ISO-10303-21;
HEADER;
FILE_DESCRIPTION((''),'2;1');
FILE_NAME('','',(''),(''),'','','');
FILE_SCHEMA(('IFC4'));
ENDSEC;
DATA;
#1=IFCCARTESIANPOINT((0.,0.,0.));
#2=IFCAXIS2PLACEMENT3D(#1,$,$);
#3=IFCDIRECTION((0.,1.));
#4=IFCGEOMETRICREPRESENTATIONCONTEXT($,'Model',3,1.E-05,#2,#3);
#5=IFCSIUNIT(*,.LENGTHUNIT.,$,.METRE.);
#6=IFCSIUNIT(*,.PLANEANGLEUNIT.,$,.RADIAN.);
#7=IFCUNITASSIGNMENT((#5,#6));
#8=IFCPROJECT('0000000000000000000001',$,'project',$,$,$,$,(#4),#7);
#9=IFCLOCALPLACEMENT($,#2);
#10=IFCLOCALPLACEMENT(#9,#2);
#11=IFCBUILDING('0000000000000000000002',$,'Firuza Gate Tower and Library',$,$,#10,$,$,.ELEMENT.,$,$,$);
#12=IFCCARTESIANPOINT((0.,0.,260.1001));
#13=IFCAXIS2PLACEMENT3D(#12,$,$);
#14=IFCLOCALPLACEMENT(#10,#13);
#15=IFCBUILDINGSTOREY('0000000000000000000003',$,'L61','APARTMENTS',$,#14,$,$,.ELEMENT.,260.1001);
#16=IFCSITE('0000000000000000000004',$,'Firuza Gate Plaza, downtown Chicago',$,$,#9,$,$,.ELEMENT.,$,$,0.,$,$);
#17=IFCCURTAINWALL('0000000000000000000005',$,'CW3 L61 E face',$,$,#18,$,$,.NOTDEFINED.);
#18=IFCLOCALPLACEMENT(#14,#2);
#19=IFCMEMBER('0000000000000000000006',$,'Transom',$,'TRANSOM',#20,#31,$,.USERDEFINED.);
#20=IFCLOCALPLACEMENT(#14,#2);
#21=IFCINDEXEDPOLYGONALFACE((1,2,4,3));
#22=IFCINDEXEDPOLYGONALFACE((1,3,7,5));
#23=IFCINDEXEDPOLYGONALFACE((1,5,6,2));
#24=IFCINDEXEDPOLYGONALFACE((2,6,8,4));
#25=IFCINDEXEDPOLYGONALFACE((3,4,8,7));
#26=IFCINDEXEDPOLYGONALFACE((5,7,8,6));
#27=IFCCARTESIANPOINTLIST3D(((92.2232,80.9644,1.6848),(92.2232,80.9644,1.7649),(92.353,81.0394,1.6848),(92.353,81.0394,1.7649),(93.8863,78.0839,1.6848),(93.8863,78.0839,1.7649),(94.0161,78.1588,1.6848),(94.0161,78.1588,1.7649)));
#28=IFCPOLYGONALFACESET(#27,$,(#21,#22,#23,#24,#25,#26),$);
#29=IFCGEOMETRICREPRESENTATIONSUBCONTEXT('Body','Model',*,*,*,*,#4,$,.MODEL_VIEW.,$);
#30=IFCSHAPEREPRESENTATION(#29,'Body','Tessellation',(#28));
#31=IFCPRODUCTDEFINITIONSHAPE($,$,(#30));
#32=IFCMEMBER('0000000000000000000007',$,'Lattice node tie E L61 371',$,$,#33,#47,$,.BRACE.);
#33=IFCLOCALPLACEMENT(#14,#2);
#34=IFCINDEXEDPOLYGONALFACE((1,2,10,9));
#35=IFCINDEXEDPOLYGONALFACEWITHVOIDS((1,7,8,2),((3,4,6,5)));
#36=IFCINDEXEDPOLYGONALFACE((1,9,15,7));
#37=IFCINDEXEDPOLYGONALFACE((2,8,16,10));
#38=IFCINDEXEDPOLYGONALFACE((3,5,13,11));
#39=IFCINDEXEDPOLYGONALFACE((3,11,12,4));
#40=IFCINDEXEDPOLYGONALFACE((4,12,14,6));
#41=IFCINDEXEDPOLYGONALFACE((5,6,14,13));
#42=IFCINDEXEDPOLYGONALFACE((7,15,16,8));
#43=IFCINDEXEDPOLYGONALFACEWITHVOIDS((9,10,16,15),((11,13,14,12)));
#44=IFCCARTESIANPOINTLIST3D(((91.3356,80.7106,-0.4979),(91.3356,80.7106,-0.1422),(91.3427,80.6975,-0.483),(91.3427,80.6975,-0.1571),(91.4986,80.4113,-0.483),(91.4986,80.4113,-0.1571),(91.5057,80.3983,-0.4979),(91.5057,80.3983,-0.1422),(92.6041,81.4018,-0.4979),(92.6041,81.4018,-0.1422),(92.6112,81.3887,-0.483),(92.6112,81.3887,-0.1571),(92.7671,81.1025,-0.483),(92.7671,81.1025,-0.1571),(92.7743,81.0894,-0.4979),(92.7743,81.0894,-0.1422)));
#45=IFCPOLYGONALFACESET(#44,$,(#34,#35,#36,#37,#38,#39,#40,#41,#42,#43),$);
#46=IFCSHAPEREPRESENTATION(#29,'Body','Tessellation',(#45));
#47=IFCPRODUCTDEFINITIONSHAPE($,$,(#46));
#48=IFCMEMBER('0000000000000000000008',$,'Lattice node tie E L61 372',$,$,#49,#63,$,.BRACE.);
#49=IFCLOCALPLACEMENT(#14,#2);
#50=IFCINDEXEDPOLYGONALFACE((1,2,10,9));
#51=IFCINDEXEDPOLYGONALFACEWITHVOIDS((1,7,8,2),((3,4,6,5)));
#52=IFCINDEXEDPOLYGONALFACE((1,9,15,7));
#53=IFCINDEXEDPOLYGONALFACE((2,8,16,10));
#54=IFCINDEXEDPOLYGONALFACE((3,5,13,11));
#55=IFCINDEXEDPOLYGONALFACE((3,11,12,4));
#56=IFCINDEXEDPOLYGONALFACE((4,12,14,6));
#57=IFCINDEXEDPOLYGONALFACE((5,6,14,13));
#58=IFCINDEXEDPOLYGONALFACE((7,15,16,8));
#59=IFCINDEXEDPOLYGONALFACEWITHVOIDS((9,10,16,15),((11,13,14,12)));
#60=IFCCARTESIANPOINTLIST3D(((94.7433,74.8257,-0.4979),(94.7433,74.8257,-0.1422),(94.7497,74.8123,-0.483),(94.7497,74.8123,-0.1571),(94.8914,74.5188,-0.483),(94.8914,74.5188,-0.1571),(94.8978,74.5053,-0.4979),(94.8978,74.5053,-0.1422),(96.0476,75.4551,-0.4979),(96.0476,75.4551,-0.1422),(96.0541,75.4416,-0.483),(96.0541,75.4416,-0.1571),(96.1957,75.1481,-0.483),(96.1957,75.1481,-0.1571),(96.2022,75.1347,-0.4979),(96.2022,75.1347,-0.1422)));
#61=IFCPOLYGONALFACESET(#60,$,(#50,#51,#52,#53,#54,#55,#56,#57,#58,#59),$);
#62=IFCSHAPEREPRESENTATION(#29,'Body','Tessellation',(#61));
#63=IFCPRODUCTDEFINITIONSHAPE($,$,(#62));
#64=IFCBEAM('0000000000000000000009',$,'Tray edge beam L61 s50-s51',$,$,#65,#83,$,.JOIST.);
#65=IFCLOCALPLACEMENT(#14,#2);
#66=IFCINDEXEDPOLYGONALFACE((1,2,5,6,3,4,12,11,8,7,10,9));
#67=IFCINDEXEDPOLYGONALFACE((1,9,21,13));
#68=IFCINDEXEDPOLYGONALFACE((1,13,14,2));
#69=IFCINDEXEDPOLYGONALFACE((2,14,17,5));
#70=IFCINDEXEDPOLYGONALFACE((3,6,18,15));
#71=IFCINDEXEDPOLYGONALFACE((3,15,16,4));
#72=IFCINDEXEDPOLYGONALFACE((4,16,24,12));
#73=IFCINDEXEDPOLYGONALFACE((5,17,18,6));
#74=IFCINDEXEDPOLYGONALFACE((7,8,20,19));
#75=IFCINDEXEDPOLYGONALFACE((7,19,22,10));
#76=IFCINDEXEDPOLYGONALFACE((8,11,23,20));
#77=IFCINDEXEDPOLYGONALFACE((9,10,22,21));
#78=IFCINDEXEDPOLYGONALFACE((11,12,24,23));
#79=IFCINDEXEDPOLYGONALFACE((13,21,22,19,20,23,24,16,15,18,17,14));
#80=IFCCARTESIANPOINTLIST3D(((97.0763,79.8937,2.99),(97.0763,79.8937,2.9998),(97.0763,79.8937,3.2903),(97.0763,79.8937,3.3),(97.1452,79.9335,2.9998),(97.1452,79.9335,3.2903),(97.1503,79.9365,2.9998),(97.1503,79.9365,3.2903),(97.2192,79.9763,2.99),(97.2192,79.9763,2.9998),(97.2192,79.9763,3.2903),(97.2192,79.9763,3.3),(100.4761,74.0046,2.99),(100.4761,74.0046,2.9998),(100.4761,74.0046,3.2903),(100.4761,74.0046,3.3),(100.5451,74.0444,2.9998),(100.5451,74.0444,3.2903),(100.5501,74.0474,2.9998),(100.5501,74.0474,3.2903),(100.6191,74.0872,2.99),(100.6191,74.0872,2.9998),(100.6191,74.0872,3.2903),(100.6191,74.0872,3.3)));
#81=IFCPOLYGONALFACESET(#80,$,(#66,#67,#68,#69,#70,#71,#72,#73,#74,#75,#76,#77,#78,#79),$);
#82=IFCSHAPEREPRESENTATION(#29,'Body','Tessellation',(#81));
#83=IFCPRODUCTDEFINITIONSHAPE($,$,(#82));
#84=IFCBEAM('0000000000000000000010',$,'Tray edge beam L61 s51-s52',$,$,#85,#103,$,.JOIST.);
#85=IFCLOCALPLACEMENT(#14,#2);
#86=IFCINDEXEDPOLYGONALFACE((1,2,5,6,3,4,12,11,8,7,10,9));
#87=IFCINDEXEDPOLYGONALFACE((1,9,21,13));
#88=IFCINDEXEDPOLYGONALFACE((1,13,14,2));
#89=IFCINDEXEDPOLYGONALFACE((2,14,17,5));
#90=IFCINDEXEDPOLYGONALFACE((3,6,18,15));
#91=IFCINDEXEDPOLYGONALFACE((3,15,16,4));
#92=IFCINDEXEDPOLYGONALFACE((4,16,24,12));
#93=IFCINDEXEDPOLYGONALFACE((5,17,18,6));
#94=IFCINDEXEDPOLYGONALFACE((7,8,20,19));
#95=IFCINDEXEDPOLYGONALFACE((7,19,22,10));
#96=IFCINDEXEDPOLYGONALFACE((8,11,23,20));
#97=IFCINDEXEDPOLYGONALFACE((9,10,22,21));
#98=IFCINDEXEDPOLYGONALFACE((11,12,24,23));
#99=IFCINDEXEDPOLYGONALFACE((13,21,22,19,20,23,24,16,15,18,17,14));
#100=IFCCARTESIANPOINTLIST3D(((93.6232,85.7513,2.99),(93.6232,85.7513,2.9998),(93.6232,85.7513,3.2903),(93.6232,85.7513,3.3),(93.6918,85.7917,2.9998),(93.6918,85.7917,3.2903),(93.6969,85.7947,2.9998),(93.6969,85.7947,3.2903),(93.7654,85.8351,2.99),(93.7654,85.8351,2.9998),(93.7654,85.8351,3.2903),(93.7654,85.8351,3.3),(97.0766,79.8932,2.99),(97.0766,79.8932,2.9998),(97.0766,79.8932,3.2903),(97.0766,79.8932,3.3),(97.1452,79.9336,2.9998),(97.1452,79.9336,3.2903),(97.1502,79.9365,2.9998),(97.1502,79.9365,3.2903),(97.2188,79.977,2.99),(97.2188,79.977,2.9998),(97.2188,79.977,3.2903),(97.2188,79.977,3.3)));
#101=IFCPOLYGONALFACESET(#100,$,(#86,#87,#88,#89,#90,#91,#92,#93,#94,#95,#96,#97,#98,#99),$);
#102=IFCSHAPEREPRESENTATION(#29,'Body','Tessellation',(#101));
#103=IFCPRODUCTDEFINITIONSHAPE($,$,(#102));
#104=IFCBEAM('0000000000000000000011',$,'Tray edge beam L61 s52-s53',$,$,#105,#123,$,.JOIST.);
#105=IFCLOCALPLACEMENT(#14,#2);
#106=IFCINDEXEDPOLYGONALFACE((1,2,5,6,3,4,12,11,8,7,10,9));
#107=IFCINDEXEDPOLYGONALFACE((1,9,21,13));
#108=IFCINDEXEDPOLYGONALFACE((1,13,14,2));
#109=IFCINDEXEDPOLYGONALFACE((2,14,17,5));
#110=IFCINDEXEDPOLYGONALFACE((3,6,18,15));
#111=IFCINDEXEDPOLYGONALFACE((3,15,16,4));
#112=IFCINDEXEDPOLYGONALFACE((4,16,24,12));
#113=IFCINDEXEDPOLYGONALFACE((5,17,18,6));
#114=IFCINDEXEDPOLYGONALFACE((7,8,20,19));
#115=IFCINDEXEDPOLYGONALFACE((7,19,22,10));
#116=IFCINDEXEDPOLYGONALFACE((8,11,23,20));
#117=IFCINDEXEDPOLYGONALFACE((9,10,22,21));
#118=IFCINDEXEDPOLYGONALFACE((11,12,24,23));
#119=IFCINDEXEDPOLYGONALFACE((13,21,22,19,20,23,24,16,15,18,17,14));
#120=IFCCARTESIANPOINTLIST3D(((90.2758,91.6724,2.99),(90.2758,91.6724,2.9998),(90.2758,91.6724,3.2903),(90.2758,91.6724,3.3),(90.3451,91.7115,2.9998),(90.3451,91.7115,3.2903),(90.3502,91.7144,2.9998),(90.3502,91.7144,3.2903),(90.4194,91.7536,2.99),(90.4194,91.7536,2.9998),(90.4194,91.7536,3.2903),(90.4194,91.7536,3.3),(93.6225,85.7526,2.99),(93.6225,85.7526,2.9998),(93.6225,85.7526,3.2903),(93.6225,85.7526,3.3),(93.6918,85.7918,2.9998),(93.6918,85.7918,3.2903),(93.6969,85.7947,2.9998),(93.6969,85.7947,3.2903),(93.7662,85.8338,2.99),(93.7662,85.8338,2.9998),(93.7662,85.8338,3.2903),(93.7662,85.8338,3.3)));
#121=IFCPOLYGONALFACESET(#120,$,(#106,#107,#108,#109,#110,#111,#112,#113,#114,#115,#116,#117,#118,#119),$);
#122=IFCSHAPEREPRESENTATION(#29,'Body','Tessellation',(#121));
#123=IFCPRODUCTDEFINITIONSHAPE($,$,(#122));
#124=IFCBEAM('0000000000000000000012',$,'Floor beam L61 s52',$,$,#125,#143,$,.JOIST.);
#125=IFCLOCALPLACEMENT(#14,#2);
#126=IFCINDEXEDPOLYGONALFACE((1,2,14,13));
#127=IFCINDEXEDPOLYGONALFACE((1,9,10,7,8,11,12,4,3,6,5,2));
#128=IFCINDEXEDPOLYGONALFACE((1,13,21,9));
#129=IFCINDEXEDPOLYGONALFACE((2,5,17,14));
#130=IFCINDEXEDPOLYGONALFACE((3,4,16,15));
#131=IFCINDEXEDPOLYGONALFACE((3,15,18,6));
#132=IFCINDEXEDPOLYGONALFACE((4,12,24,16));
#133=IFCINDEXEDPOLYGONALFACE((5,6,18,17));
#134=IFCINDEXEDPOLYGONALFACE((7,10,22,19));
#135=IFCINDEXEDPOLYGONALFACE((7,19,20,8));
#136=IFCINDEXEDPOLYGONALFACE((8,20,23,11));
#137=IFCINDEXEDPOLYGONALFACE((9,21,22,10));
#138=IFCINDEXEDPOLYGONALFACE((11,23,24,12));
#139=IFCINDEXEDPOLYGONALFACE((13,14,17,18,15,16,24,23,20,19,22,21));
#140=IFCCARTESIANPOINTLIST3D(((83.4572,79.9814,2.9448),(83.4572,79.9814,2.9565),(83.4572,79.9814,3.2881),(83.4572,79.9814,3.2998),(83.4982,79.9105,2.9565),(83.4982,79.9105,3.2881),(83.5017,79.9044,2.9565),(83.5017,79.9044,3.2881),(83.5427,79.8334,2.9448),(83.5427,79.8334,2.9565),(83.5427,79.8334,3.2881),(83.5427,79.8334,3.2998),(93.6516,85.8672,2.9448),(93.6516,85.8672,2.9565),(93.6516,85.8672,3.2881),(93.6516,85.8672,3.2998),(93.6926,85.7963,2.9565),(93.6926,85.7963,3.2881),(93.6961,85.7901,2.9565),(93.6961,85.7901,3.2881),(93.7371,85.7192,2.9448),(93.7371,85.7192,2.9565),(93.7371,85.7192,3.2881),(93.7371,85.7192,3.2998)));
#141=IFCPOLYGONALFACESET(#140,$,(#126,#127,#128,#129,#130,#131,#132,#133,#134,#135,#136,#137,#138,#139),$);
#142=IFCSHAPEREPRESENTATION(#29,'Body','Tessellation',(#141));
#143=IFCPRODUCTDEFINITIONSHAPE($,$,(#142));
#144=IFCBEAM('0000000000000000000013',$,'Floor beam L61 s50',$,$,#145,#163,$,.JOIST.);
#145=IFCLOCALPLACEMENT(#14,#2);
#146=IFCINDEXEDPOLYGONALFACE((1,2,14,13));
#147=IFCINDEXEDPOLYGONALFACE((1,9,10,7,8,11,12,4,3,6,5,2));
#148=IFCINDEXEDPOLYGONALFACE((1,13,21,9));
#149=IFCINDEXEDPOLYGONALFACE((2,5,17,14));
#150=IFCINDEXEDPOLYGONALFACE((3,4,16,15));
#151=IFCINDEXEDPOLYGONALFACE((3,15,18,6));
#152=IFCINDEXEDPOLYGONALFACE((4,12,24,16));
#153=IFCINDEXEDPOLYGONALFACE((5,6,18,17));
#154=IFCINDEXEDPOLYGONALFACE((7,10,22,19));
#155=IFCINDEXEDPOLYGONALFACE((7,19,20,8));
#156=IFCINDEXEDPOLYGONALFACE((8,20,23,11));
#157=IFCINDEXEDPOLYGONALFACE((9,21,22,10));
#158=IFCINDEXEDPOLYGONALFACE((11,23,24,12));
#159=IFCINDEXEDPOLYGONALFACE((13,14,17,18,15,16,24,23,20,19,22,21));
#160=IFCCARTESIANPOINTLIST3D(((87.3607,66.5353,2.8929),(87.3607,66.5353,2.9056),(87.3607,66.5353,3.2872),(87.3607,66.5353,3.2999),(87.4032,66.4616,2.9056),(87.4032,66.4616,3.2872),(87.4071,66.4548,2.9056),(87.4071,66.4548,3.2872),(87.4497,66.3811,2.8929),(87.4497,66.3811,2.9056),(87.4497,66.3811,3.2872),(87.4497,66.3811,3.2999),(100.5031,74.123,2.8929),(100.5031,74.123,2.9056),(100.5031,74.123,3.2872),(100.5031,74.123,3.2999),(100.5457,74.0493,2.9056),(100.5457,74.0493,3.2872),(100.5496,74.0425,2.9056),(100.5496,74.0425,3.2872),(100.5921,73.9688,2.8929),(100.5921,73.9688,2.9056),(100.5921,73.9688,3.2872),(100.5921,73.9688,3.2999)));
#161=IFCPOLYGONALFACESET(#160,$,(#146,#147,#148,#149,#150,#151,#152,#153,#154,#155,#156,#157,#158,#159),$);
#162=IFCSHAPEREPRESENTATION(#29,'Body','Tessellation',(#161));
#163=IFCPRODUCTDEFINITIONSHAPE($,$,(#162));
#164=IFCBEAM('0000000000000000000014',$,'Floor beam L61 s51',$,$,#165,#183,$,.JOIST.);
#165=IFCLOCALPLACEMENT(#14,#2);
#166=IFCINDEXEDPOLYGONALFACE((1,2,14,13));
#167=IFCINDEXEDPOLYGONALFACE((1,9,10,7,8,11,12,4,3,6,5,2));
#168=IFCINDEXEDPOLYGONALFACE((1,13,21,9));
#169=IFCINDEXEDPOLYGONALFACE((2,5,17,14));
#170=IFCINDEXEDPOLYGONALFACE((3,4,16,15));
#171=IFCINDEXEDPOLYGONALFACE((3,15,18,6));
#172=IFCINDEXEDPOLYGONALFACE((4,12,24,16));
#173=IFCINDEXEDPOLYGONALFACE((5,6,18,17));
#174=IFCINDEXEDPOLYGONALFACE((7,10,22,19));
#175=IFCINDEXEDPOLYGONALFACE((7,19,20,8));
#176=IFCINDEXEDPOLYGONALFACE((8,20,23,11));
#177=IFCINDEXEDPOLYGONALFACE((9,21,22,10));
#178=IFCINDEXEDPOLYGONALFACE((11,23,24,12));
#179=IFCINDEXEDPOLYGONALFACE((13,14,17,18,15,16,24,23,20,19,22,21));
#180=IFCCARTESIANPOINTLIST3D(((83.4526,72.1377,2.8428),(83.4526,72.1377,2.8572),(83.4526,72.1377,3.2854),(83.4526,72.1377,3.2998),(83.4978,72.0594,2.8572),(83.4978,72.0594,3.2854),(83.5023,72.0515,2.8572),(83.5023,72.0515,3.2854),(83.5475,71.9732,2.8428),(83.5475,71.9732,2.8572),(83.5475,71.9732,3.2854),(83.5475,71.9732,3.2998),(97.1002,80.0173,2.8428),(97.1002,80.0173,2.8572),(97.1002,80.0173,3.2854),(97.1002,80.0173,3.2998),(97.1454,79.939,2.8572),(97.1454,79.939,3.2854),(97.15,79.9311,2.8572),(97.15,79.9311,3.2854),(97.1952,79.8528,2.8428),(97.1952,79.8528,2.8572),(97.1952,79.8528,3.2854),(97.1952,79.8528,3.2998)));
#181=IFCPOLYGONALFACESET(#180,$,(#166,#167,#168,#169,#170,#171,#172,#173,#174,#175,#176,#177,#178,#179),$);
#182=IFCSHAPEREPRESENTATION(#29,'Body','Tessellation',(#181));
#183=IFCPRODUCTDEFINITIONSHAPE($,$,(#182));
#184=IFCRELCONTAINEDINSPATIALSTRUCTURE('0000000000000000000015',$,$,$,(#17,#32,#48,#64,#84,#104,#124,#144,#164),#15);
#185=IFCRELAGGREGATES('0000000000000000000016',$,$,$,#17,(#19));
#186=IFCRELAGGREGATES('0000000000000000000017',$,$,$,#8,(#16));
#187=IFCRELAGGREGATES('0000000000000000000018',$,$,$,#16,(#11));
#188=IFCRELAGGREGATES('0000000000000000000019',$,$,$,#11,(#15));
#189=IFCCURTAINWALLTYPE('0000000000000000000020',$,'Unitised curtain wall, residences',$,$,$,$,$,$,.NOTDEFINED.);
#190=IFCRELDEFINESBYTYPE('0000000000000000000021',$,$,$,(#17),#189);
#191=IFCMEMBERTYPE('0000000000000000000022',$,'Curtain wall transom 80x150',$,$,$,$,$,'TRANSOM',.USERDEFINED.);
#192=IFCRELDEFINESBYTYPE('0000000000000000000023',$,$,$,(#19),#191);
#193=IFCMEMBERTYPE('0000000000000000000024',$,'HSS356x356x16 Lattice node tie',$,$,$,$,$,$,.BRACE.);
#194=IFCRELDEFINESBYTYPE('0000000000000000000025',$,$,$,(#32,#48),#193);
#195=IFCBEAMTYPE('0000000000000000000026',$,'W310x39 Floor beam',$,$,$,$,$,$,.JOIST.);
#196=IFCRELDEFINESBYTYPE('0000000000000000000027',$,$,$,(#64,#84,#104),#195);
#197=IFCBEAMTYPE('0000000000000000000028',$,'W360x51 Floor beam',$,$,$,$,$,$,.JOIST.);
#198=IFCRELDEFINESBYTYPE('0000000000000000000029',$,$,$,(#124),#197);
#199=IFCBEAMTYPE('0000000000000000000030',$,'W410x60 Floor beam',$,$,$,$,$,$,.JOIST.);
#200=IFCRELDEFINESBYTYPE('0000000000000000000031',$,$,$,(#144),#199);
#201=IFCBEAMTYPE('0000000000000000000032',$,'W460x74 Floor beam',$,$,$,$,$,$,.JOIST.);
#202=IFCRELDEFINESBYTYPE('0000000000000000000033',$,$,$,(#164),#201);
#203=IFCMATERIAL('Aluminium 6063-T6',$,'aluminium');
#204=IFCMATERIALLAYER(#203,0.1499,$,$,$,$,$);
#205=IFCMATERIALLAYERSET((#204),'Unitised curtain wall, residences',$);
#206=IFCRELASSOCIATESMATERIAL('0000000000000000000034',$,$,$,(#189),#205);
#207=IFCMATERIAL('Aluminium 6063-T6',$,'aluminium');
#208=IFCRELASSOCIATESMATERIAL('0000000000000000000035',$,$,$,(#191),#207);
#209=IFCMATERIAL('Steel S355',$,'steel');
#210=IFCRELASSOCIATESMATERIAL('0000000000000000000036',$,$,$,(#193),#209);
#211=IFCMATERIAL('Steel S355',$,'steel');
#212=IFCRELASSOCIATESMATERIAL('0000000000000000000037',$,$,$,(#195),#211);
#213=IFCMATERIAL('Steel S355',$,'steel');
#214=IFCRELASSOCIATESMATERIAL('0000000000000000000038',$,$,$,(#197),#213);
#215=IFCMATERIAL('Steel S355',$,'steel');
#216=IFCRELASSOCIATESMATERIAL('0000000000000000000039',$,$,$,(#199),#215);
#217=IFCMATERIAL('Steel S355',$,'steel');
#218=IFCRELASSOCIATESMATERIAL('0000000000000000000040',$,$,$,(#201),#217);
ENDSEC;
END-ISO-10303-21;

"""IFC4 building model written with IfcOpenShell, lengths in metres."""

from ifc_helpers import new_model, si_unit, direction, frame, origin, origin_2d, place, context, subcontext, project, spatial, rectangle, hollow_rectangle, i_section, extrude, material, layer, layer_set, material_profile, profile_set, type_object, element, aggregate, save


model = new_model("IFC4")

# Units and contexts
model_context = context("Model", 3, precision=1e-05, world=origin(), true_north=direction((0.0, 1.0)))
body_context = subcontext(model_context, "Body", "Model", "MODEL_VIEW")
ifc_project = project(units=[si_unit("LENGTHUNIT", "METRE"), si_unit("PLANEANGLEUNIT", "RADIAN")], contexts=[model_context])

# Site, building, storey
site_placement = place(None, origin())
site = spatial("IfcSite", under=ifc_project, at=site_placement, Name="Firuza Gate Plaza, downtown Chicago", CompositionType="ELEMENT", RefElevation=0.0)
building_placement = place(site_placement, origin())
building = spatial("IfcBuilding", under=site, at=building_placement, Name="Firuza Gate Tower and Library", CompositionType="ELEMENT")
storey_placement = place(building_placement, frame((0.0, 0.0, 260.1001)))
storey = spatial("IfcBuildingStorey", under=building, at=storey_placement, Name="L61", Description="APARTMENTS", CompositionType="ELEMENT", Elevation=260.1001)

# Curtain wall, member
ifc_material_1 = material(Name="Aluminium 6063-T6", Category="aluminium")
ifc_layer_1 = layer(ifc_material_1, 0.1499)
ifc_layer_set_1 = layer_set([ifc_layer_1], Name="Unitised curtain wall, residences")
curtain_wall_type = type_object("IfcCurtainWallType", Name="Unitised curtain wall, residences", PredefinedType="NOTDEFINED", material=ifc_layer_set_1)
curtain_wall_placement = place(storey_placement, origin())
curtain_wall = element("IfcCurtainWall", 1, at=curtain_wall_placement, inside=storey, type_object=curtain_wall_type, Name="CW3 L61 E face", PredefinedType="NOTDEFINED")
ifc_material_2 = material(Name="Aluminium 6063-T6", Category="aluminium")
ifc_material_profile_1 = material_profile(ifc_material_2, rectangle(XDim=0.1499, YDim=0.0801, at=origin_2d()))
ifc_profile_set_1 = profile_set([ifc_material_profile_1], Name="Aluminium 6063-T6")
member_type_1 = type_object("IfcMemberType", Name="Curtain wall transom 80x150", ElementType="TRANSOM", PredefinedType="USERDEFINED", material=ifc_profile_set_1)
member_1_placement = place(storey_placement, frame((93.9512, 78.1213, 1.7249), z_axis=(-0.499991, 0.86603, 0.0), x_axis=(-0.86603, -0.499991, 0.0)))
member_1 = element("IfcMember", 2, at=member_1_placement, type_object=member_type_1, Name="Transom", ObjectType="TRANSOM", PredefinedType="USERDEFINED", context=body_context, shape_type="SweptSolid", body=[
    extrude(rectangle(XDim=0.1499, YDim=0.0801, at=origin_2d()), origin(), (0.0, 0.0, 1.0), 3.3262),
])

# Members
ifc_material_3 = material(Name="Steel S355", Category="steel")
ifc_material_profile_2 = material_profile(ifc_material_3, hollow_rectangle(XDim=0.3557, YDim=0.3557, WallThickness=0.0149, at=origin_2d()))
ifc_profile_set_2 = profile_set([ifc_material_profile_2], Name="Steel S355")
member_type_2 = type_object("IfcMemberType", Name="HSS356x356x16 Lattice node tie", PredefinedType="BRACE", material=ifc_profile_set_2)
member_2_placement = place(storey_placement, frame((91.4207, 80.5544, -0.3201), z_axis=(0.878122, 0.478438, 0.0), x_axis=(-0.478438, 0.878122, 0.0)))
element("IfcMember", 3, at=member_2_placement, inside=storey, type_object=member_type_2, Name="Lattice node tie E L61 371", PredefinedType="BRACE", context=body_context, shape_type="SweptSolid", body=[
    extrude(hollow_rectangle(XDim=0.3557, YDim=0.3557, WallThickness=0.0149, at=origin_2d()), origin(), (0.0, 0.0, 1.0), 1.4446),
])
member_3_placement = place(storey_placement, frame((94.8206, 74.6655, -0.3201), z_axis=(0.900643, 0.43456, 0.0), x_axis=(-0.43456, 0.900643, 0.0)))
element("IfcMember", 4, at=member_3_placement, inside=storey, type_object=member_type_2, Name="Lattice node tie E L61 372", PredefinedType="BRACE", context=body_context, shape_type="SweptSolid", body=[
    extrude(hollow_rectangle(XDim=0.3557, YDim=0.3557, WallThickness=0.0149, at=origin_2d()), origin(), (0.0, 0.0, 1.0), 1.4482),
])

# Beams
ifc_material_4 = material(Name="Steel S355", Category="steel")
ifc_material_profile_3 = material_profile(ifc_material_4, i_section(OverallWidth=0.165, OverallDepth=0.3101, WebThickness=0.0059, FlangeThickness=0.0098, at=origin_2d()))
ifc_profile_set_3 = profile_set([ifc_material_profile_3], Name="Steel S355")
beam_type_1 = type_object("IfcBeamType", Name="W310x39 Floor beam", PredefinedType="JOIST", material=ifc_profile_set_3)
beam_1_placement = place(storey_placement, frame((100.5476, 74.0459, 3.145), z_axis=(-0.499977, 0.866039, 0.0), x_axis=(-0.866039, -0.499977, 0.0)))
element("IfcBeam", 5, at=beam_1_placement, inside=storey, type_object=beam_type_1, Name="Tray edge beam L61 s50-s51", PredefinedType="JOIST", context=body_context, shape_type="SweptSolid", body=[
    extrude(i_section(OverallWidth=0.165, OverallDepth=0.3101, WebThickness=0.0059, FlangeThickness=0.0098, at=origin_2d()), origin(), (0.0, 0.0, 1.0), 6.8),
])
for number, where, z_axis, x_axis, name in (
    (6, (97.1477, 79.9351, 3.145), (-0.507828, 0.861459, 0.0), (-0.861459, -0.507828, 0.0), "Tray edge beam L61 s51-s52"),
    (7, (93.6943, 85.7932, 3.145), (-0.492144, 0.870514, 0.0), (-0.870514, -0.492144, 0.0), "Tray edge beam L61 s52-s53"),
):
    element("IfcBeam", number, at=place(storey_placement, frame(where, z_axis=z_axis, x_axis=x_axis)), inside=storey, type_object=beam_type_1, Name=name, PredefinedType="JOIST", context=body_context, shape_type="SweptSolid", body=[
        extrude(i_section(OverallWidth=0.165, OverallDepth=0.3101, WebThickness=0.0059, FlangeThickness=0.0098, at=origin_2d()), origin(), (0.0, 0.0, 1.0), 6.8003),
    ])
ifc_material_5 = material(Name="Steel S355", Category="steel")
ifc_material_profile_4 = material_profile(ifc_material_5, i_section(OverallWidth=0.1709, OverallDepth=0.355, WebThickness=0.0071, FlangeThickness=0.0117, at=origin_2d()))
ifc_profile_set_4 = profile_set([ifc_material_profile_4], Name="Steel S355")
beam_type_2 = type_object("IfcBeamType", Name="W360x51 Floor beam", PredefinedType="JOIST", material=ifc_profile_set_4)
beam_2_placement = place(storey_placement, frame((93.6943, 85.7932, 3.1223), z_axis=(-0.866024, -0.500003, 0.0), x_axis=(0.500003, -0.866024, 0.0)))
element("IfcBeam", 8, at=beam_2_placement, inside=storey, type_object=beam_type_2, Name="Floor beam L61 s52", PredefinedType="JOIST", context=body_context, shape_type="SweptSolid", body=[
    extrude(i_section(OverallWidth=0.1709, OverallDepth=0.355, WebThickness=0.0071, FlangeThickness=0.0117, at=origin_2d()), origin(), (0.0, 0.0, 1.0), 11.7715),
])
ifc_material_6 = material(Name="Steel S355", Category="steel")
ifc_material_profile_5 = material_profile(ifc_material_6, i_section(OverallWidth=0.178, OverallDepth=0.407, WebThickness=0.0078, FlangeThickness=0.0127, at=origin_2d()))
ifc_profile_set_5 = profile_set([ifc_material_profile_5], Name="Steel S355")
beam_type_3 = type_object("IfcBeamType", Name="W410x60 Floor beam", PredefinedType="JOIST", material=ifc_profile_set_5)
beam_3_placement = place(storey_placement, frame((100.5476, 74.0459, 3.0964), z_axis=(-0.866028, -0.499996, 0.0), x_axis=(0.499996, -0.866028, 0.0)))
element("IfcBeam", 9, at=beam_3_placement, inside=storey, type_object=beam_type_3, Name="Floor beam L61 s50", PredefinedType="JOIST", context=body_context, shape_type="SweptSolid", body=[
    extrude(i_section(OverallWidth=0.178, OverallDepth=0.407, WebThickness=0.0078, FlangeThickness=0.0127, at=origin_2d()), origin(), (0.0, 0.0, 1.0), 15.1755),
])
ifc_material_7 = material(Name="Steel S355", Category="steel")
ifc_material_profile_6 = material_profile(ifc_material_7, i_section(OverallWidth=0.1899, OverallDepth=0.457, WebThickness=0.009, FlangeThickness=0.0144, at=origin_2d()))
ifc_profile_set_6 = profile_set([ifc_material_profile_6], Name="Steel S355")
beam_type_4 = type_object("IfcBeamType", Name="W460x74 Floor beam", PredefinedType="JOIST", material=ifc_profile_set_6)
beam_4_placement = place(storey_placement, frame((97.1477, 79.9351, 3.0713), z_axis=(-0.866022, -0.500006, 0.0), x_axis=(0.500006, -0.866022, 0.0)))
element("IfcBeam", 10, at=beam_4_placement, inside=storey, type_object=beam_type_4, Name="Floor beam L61 s51", PredefinedType="JOIST", context=body_context, shape_type="SweptSolid", body=[
    extrude(i_section(OverallWidth=0.1899, OverallDepth=0.457, WebThickness=0.009, FlangeThickness=0.0144, at=origin_2d()), origin(), (0.0, 0.0, 1.0), 15.759),
])

aggregate(curtain_wall, [member_1])

save(model, "model.ifc")
